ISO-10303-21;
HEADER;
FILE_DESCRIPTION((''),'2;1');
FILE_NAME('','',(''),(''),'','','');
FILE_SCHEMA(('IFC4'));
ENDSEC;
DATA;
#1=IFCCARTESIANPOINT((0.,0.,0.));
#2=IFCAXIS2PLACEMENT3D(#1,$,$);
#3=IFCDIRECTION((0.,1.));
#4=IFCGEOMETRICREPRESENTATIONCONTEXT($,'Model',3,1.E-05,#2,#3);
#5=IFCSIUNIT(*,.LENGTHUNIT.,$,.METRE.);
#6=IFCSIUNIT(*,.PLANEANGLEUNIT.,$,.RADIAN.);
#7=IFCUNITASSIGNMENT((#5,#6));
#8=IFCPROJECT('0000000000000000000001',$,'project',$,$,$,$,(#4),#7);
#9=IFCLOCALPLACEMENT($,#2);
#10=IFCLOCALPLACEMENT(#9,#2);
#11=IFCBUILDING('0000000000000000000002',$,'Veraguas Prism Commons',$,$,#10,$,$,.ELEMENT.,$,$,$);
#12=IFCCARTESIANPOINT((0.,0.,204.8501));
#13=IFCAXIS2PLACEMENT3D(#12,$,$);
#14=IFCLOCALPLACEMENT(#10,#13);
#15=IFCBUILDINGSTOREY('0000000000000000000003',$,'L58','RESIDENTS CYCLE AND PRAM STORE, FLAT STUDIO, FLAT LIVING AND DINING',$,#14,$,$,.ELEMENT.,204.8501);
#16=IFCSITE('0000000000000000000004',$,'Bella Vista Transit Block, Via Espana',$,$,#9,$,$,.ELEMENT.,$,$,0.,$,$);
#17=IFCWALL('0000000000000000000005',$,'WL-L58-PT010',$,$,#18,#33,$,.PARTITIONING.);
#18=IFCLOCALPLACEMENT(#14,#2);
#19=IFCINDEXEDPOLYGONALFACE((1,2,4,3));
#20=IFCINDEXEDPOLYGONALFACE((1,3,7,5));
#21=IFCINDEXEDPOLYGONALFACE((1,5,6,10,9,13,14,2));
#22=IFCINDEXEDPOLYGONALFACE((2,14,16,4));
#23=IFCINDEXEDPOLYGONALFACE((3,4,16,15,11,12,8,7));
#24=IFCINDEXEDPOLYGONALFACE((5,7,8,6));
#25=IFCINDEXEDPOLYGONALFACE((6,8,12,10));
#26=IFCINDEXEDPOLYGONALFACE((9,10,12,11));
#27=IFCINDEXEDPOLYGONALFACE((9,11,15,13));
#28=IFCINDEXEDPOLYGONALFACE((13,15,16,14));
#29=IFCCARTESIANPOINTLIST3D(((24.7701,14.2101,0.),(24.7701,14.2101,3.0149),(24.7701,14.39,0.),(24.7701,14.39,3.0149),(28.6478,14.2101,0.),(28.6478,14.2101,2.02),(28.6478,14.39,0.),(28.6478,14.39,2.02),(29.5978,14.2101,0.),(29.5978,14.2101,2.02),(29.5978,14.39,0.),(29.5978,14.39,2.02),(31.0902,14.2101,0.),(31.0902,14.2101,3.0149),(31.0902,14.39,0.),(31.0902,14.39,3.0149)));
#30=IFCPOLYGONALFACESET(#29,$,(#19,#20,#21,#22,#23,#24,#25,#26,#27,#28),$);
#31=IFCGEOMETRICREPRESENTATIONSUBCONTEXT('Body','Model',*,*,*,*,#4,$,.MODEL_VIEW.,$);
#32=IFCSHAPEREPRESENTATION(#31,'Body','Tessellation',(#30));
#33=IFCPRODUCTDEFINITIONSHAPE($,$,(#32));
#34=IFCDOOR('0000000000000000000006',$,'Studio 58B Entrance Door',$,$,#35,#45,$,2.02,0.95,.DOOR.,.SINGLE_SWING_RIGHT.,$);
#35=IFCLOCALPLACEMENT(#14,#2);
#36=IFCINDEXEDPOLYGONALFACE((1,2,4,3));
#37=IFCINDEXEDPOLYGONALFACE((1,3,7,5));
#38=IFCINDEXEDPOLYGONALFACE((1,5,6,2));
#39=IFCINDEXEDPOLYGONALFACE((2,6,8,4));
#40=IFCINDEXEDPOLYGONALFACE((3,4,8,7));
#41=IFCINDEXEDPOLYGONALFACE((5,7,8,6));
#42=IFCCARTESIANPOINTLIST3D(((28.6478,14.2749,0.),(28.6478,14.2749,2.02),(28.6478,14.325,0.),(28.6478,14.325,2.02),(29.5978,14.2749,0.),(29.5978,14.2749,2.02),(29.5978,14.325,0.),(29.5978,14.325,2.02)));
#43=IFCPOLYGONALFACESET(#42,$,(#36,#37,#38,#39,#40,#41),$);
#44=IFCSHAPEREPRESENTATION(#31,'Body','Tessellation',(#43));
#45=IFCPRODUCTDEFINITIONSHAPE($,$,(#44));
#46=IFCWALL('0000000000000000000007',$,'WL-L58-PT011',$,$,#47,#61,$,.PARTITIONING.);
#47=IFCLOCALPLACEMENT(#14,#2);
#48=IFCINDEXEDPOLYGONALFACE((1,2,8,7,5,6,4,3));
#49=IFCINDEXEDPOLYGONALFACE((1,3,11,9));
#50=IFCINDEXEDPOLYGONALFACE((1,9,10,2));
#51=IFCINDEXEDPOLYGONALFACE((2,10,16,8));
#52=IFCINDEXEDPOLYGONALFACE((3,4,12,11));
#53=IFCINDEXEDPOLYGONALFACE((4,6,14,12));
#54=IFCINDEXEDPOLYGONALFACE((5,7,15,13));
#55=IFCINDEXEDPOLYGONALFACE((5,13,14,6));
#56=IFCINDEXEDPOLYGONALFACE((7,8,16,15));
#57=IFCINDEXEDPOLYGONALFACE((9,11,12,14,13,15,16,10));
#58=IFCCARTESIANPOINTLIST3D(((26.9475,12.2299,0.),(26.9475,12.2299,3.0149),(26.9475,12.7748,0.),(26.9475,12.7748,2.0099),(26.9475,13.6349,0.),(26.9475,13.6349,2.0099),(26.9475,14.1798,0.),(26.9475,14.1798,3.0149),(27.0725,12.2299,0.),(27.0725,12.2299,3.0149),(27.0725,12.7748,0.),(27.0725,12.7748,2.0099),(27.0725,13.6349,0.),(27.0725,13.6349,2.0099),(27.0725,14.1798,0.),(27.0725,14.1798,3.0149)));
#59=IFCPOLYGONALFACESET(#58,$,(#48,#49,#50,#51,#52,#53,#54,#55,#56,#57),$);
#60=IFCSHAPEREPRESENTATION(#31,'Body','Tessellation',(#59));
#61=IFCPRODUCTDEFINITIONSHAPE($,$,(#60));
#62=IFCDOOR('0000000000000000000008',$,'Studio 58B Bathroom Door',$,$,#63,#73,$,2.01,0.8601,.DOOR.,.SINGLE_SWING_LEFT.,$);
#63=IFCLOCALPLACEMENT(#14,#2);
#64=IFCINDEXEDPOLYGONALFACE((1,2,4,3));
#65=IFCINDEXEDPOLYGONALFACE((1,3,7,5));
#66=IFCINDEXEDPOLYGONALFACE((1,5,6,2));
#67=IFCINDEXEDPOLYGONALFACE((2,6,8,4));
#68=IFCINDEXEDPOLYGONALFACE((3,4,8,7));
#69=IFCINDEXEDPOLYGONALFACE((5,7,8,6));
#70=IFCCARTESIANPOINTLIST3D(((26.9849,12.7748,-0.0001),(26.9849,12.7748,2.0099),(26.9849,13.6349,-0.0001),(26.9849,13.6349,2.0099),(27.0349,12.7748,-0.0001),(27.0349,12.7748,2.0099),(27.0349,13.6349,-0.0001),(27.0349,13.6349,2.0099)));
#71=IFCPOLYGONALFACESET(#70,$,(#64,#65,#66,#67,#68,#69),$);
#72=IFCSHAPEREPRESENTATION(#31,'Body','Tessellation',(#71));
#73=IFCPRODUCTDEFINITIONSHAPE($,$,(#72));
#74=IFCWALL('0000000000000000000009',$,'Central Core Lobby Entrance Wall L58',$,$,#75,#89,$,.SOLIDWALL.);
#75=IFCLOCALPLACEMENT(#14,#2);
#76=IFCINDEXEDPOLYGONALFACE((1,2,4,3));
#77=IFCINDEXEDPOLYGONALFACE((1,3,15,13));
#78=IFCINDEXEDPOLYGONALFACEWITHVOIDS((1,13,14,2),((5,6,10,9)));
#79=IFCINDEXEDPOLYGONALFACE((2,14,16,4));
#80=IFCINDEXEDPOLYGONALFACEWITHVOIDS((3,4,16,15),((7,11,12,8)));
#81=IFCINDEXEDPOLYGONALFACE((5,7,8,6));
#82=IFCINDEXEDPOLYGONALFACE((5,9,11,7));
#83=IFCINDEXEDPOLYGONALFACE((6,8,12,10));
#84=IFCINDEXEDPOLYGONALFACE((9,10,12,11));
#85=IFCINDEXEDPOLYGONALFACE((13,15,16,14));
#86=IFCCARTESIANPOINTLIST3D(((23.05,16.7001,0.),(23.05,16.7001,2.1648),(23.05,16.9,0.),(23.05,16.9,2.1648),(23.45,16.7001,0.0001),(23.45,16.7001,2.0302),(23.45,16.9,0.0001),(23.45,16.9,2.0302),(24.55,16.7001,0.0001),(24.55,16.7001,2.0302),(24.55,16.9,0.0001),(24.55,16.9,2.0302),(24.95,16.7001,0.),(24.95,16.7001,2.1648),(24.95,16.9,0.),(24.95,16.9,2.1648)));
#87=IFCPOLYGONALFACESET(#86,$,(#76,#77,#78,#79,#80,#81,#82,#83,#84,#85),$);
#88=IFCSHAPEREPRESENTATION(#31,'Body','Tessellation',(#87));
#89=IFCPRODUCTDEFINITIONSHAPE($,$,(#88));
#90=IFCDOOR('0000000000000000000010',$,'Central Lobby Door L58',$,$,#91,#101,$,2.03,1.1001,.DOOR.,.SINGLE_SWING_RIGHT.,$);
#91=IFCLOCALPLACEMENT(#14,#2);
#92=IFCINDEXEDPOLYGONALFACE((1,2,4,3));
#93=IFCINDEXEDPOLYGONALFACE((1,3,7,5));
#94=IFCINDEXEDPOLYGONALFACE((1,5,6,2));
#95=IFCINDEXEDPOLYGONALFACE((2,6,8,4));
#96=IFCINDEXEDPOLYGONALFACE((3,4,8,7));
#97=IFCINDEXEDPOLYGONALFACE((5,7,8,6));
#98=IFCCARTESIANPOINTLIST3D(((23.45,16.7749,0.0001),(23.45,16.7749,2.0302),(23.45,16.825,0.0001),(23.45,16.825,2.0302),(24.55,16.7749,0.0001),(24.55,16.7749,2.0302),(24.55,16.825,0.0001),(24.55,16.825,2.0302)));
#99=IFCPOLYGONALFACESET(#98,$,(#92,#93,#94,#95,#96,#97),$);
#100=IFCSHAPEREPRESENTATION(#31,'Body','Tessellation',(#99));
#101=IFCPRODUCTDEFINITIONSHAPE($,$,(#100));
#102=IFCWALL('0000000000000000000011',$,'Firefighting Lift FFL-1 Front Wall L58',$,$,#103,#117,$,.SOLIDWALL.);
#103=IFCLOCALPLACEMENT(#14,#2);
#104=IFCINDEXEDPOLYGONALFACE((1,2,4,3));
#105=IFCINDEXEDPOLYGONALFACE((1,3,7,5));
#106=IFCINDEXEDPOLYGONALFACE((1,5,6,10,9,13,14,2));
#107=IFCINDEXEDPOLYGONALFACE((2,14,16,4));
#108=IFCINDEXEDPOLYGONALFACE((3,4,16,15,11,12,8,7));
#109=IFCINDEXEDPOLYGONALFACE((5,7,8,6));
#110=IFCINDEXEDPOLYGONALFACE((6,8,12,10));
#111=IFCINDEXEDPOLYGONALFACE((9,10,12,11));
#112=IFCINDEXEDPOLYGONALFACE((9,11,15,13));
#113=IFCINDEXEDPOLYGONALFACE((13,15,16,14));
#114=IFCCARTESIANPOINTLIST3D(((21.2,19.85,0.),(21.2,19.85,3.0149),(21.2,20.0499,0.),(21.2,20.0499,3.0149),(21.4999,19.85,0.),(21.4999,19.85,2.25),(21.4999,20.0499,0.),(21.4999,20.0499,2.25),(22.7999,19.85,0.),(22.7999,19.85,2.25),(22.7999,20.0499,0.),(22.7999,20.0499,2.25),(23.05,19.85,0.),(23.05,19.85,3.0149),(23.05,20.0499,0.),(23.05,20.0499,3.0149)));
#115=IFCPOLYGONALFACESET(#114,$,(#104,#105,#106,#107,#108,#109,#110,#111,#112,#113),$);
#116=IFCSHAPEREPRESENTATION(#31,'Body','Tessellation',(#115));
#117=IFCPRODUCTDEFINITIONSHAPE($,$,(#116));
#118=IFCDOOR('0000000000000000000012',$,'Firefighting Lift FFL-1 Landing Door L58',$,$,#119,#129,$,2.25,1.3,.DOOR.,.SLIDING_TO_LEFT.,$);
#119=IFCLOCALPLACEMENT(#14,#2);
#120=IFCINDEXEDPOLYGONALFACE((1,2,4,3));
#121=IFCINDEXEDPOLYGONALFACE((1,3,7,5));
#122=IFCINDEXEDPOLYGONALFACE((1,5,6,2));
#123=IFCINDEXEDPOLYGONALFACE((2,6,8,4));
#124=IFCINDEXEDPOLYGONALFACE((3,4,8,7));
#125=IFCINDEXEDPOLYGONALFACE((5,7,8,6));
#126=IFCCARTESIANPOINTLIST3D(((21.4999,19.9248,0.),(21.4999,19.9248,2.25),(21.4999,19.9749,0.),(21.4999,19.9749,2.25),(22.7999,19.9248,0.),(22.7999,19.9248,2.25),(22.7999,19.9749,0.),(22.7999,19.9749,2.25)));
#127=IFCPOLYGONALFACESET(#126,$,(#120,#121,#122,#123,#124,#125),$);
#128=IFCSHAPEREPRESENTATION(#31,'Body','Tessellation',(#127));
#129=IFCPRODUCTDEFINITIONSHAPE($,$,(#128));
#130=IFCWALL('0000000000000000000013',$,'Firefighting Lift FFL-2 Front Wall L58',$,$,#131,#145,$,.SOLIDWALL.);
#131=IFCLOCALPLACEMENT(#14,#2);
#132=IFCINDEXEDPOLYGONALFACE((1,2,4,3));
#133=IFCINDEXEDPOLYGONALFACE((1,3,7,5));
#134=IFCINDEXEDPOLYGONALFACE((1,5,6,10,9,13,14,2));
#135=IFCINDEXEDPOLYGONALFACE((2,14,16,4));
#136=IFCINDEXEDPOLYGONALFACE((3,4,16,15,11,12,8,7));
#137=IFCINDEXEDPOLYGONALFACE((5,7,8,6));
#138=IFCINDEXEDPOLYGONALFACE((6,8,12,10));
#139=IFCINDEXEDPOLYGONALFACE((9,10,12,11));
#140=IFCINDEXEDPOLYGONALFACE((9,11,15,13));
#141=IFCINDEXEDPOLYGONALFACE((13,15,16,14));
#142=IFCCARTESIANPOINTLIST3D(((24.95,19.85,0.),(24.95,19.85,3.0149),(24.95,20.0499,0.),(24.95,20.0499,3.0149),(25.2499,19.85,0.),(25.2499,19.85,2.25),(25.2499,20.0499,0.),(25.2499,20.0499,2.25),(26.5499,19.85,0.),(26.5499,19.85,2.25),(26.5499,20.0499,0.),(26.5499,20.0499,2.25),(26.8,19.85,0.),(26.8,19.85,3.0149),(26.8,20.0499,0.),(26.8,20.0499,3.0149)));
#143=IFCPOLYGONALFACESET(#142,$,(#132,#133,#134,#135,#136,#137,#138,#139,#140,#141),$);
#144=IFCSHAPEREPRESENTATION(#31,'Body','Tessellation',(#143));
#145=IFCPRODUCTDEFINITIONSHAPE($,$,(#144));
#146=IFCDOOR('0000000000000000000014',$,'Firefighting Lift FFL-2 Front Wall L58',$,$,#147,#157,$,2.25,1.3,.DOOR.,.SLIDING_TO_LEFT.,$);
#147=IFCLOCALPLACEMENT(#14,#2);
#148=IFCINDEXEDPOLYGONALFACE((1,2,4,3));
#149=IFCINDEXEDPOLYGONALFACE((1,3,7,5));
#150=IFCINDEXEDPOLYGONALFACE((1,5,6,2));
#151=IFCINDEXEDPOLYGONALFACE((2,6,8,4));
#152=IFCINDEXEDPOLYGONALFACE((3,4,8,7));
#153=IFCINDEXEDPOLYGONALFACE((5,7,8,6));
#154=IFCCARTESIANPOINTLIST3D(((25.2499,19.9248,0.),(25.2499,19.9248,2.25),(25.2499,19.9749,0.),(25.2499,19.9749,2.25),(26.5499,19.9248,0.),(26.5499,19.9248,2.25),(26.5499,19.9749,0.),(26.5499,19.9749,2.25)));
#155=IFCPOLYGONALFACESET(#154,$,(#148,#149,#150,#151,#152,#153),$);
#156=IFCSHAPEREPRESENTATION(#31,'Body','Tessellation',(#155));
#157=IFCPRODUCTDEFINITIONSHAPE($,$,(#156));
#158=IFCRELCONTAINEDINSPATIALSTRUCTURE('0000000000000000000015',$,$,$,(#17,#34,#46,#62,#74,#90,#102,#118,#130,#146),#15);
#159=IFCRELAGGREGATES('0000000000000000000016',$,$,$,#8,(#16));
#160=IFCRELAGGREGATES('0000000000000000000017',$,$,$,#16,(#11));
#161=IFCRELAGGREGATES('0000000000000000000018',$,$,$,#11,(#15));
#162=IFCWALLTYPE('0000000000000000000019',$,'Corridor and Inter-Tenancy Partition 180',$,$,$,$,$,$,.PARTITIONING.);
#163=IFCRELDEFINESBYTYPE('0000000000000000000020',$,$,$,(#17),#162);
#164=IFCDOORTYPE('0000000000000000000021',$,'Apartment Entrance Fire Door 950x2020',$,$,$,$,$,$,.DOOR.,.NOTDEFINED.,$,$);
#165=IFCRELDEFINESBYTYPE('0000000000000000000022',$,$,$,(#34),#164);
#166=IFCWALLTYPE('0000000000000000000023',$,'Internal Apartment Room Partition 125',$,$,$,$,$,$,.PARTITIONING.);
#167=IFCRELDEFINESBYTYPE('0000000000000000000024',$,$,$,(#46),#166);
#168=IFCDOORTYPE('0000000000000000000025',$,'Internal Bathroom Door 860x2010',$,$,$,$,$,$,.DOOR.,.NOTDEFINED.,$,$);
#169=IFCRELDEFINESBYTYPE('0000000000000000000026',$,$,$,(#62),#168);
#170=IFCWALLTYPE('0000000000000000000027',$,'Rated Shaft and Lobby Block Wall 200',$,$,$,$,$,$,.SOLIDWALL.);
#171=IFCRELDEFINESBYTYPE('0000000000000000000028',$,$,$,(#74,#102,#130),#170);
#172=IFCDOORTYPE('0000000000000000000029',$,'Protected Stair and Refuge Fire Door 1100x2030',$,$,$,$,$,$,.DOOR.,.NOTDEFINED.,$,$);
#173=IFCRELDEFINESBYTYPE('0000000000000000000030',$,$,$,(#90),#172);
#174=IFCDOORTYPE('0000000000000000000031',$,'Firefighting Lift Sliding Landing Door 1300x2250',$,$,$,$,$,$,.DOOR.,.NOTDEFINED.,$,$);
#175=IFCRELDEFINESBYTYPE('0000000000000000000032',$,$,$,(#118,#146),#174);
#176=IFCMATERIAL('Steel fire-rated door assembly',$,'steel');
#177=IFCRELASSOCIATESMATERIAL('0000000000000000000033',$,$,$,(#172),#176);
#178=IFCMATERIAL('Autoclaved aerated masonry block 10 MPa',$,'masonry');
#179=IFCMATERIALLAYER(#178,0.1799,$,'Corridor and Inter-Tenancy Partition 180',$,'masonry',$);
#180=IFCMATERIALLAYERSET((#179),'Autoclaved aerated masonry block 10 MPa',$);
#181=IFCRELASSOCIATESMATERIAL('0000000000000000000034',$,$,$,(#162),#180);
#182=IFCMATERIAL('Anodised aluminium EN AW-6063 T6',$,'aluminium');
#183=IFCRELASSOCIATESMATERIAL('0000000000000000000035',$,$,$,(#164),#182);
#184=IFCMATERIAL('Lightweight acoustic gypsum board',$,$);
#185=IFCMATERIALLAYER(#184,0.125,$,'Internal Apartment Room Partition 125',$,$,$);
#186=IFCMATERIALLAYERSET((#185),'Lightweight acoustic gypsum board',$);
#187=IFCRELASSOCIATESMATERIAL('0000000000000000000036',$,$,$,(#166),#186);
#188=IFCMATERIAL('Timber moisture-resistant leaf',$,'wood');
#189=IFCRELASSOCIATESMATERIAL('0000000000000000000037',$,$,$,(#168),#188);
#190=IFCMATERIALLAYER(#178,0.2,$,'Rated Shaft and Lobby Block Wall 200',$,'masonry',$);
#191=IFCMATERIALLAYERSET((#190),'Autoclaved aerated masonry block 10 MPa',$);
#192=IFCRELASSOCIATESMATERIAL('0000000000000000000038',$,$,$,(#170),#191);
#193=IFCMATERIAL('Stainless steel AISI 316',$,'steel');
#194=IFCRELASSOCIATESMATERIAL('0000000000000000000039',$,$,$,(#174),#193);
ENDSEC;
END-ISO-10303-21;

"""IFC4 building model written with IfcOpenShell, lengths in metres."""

from ifc_helpers import new_model, si_unit, direction, frame, frame_2d, origin, place, context, subcontext, project, spatial, rectangle, extrude, source, transform, mapped, material, layer, layer_set, type_object, element, fill, save


model = new_model("IFC4")

# Units and contexts
model_context = context("Model", 3, precision=1e-05, world=origin(), true_north=direction((0.0, 1.0)))
body_context = subcontext(model_context, "Body", "Model", "MODEL_VIEW")
ifc_project = project(units=[si_unit("LENGTHUNIT", "METRE"), si_unit("PLANEANGLEUNIT", "RADIAN")], contexts=[model_context])

# Site, building, storey
site_placement = place(None, origin())
site = spatial("IfcSite", under=ifc_project, at=site_placement, Name="Bella Vista Transit Block, Via Espana", CompositionType="ELEMENT", RefElevation=0.0)
building_placement = place(site_placement, origin())
building = spatial("IfcBuilding", under=site, at=building_placement, Name="Veraguas Prism Commons", CompositionType="ELEMENT")
storey_placement = place(building_placement, frame((0.0, 0.0, 204.8501)))
storey = spatial("IfcBuildingStorey", under=building, at=storey_placement, Name="L58", Description="RESIDENTS CYCLE AND PRAM STORE, FLAT STUDIO, FLAT LIVING AND DINING", CompositionType="ELEMENT", Elevation=204.8501)

# Shared definitions
ifc_material_1 = material(Name="Steel fire-rated door assembly", Category="steel")
door_type_1 = type_object("IfcDoorType", Name="Protected Stair and Refuge Fire Door 1100x2030", OperationType="NOTDEFINED", PredefinedType="DOOR", material=ifc_material_1)
shared_shape_1 = source(origin(), body_context, "Body", "SweptSolid", [
    extrude(rectangle(XDim=1.1001, YDim=2.03, at=frame_2d((0.55, 1.0151))), frame((0.0, 0.0249, 0.0), z_axis=(0.0, -1.0, 0.0), x_axis=(1.0, 0.0, 0.0)), (0.0, 0.0, 1.0), 0.05),
])

# Shared definitions
ifc_material_2 = material(Name="Autoclaved aerated masonry block 10 MPa", Category="masonry")
ifc_layer_1 = layer(ifc_material_2, 0.1799, Name="Corridor and Inter-Tenancy Partition 180", Category="masonry")
ifc_layer_set_1 = layer_set([ifc_layer_1], Name="Autoclaved aerated masonry block 10 MPa")
wall_type_1 = type_object("IfcWallType", Name="Corridor and Inter-Tenancy Partition 180", PredefinedType="PARTITIONING", material=ifc_layer_set_1)

# Walls, openings, doors
wall_1_placement = place(storey_placement, frame((24.77, 14.3, 0.0), z_axis=(0.0, 0.0, 1.0), x_axis=(1.0, 0.0, 0.0)))
wall_1 = element("IfcWall", 1, at=wall_1_placement, inside=storey, type_object=wall_type_1, Name="WL-L58-PT010", PredefinedType="PARTITIONING", context=body_context, shape_type="SweptSolid", body=[
    extrude(rectangle(XDim=6.3201, YDim=0.1799, at=frame_2d((3.1602, 0.0))), origin(), (0.0, 0.0, 1.0), 3.0149),
])
opening_1_placement = place(wall_1_placement, frame((3.8777, 0.0, 0.0)))
opening_1 = element("IfcOpeningElement", 2, at=opening_1_placement, cuts=wall_1, PredefinedType="OPENING", context=body_context, shape_type="SweptSolid", body=[
    extrude(rectangle(XDim=0.95, YDim=2.02, at=frame_2d((0.4751, 1.01))), frame((0.0, 0.0999, 0.0), z_axis=(0.0, -1.0, 0.0), x_axis=(1.0, 0.0, 0.0)), (0.0, 0.0, 1.0), 0.2),
])
ifc_material_3 = material(Name="Anodised aluminium EN AW-6063 T6", Category="aluminium")
door_type_2 = type_object("IfcDoorType", Name="Apartment Entrance Fire Door 950x2020", OperationType="NOTDEFINED", PredefinedType="DOOR", material=ifc_material_3)
shared_shape_2 = source(origin(), body_context, "Body", "SweptSolid", [
    extrude(rectangle(XDim=0.95, YDim=2.02, at=frame_2d((0.4751, 1.01))), frame((0.0, 0.0249, 0.0), z_axis=(0.0, -1.0, 0.0), x_axis=(1.0, 0.0, 0.0)), (0.0, 0.0, 1.0), 0.05),
])
door_1_placement = place(opening_1_placement, origin())
door_1 = element("IfcDoor", 3, at=door_1_placement, inside=storey, type_object=door_type_2, Name="Studio 58B Entrance Door", OperationType="SINGLE_SWING_RIGHT", OverallHeight=2.02, OverallWidth=0.95, PredefinedType="DOOR", context=body_context, shape_type="MappedRepresentation", body=[
    mapped(shared_shape_2, transform((0.0, 0.0, 0.0), scale=1.0)),
])
fill(opening_1, door_1)
ifc_material_4 = material(Name="Lightweight acoustic gypsum board")
ifc_layer_2 = layer(ifc_material_4, 0.125, Name="Internal Apartment Room Partition 125")
ifc_layer_set_2 = layer_set([ifc_layer_2], Name="Lightweight acoustic gypsum board")
wall_type_2 = type_object("IfcWallType", Name="Internal Apartment Room Partition 125", PredefinedType="PARTITIONING", material=ifc_layer_set_2)
wall_2_placement = place(storey_placement, frame((27.01, 14.1799, 0.0), z_axis=(0.0, 0.0, 1.0), x_axis=(0.0, -1.0, 0.0)))
wall_2 = element("IfcWall", 4, at=wall_2_placement, inside=storey, type_object=wall_type_2, Name="WL-L58-PT011", PredefinedType="PARTITIONING", context=body_context, shape_type="SweptSolid", body=[
    extrude(rectangle(XDim=1.95, YDim=0.125, at=frame_2d((0.9751, 0.0))), origin(), (0.0, 0.0, 1.0), 3.0149),
])
opening_2_placement = place(wall_2_placement, frame((0.5449, 0.0, 0.0)))
opening_2 = element("IfcOpeningElement", 5, at=opening_2_placement, cuts=wall_2, PredefinedType="OPENING", context=body_context, shape_type="SweptSolid", body=[
    extrude(rectangle(XDim=0.8601, YDim=2.01, at=frame_2d((0.4302, 1.0049))), frame((0.0, 0.0725, 0.0), z_axis=(0.0, -1.0, 0.0), x_axis=(1.0, 0.0, 0.0)), (0.0, 0.0, 1.0), 0.145),
])
ifc_material_5 = material(Name="Timber moisture-resistant leaf", Category="wood")
door_type_3 = type_object("IfcDoorType", Name="Internal Bathroom Door 860x2010", OperationType="NOTDEFINED", PredefinedType="DOOR", material=ifc_material_5)
shared_shape_3 = source(origin(), body_context, "Body", "SweptSolid", [
    extrude(rectangle(XDim=0.8601, YDim=2.01, at=frame_2d((0.4302, 1.0049))), frame((0.0, 0.0249, 0.0), z_axis=(0.0, -1.0, 0.0), x_axis=(1.0, 0.0, 0.0)), (0.0, 0.0, 1.0), 0.05),
])
door_2_placement = place(opening_2_placement, origin())
door_2 = element("IfcDoor", 6, at=door_2_placement, inside=storey, type_object=door_type_3, Name="Studio 58B Bathroom Door", OperationType="SINGLE_SWING_LEFT", OverallHeight=2.01, OverallWidth=0.8601, PredefinedType="DOOR", context=body_context, shape_type="MappedRepresentation", body=[
    mapped(shared_shape_3, transform((0.0, 0.0, 0.0), scale=1.0)),
])
fill(opening_2, door_2)
ifc_layer_3 = layer(ifc_material_2, 0.2, Name="Rated Shaft and Lobby Block Wall 200", Category="masonry")
ifc_layer_set_3 = layer_set([ifc_layer_3], Name="Autoclaved aerated masonry block 10 MPa")
wall_type_3 = type_object("IfcWallType", Name="Rated Shaft and Lobby Block Wall 200", PredefinedType="SOLIDWALL", material=ifc_layer_set_3)
wall_3_placement = place(storey_placement, frame((23.05, 16.8, 0.0), z_axis=(0.0, 0.0, 1.0), x_axis=(1.0, 0.0, 0.0)))
wall_3 = element("IfcWall", 7, at=wall_3_placement, inside=storey, type_object=wall_type_3, Name="Central Core Lobby Entrance Wall L58", PredefinedType="SOLIDWALL", context=body_context, shape_type="SweptSolid", body=[
    extrude(rectangle(XDim=1.8999, YDim=0.2, at=frame_2d((0.95, 0.0))), origin(), (0.0, 0.0, 1.0), 2.1648),
])
opening_3_placement = place(wall_3_placement, frame((0.3999, 0.0, 0.0)))
opening_3 = element("IfcOpeningElement", 8, at=opening_3_placement, cuts=wall_3, PredefinedType="OPENING", context=body_context, shape_type="SweptSolid", body=[
    extrude(rectangle(XDim=1.1001, YDim=2.03, at=frame_2d((0.55, 1.0151))), frame((0.0, 0.1099, 0.0), z_axis=(0.0, -1.0, 0.0), x_axis=(1.0, 0.0, 0.0)), (0.0, 0.0, 1.0), 0.22),
])
door_3_placement = place(opening_3_placement, origin())
door_3 = element("IfcDoor", 9, at=door_3_placement, inside=storey, type_object=door_type_1, Name="Central Lobby Door L58", OperationType="SINGLE_SWING_RIGHT", OverallHeight=2.03, OverallWidth=1.1001, PredefinedType="DOOR", context=body_context, shape_type="MappedRepresentation", body=[
    mapped(shared_shape_1, transform((0.0, 0.0, 0.0), scale=1.0)),
])
fill(opening_3, door_3)
wall_4_placement = place(storey_placement, frame((21.2, 19.95, 0.0), z_axis=(0.0, 0.0, 1.0), x_axis=(1.0, 0.0, 0.0)))
wall_4 = element("IfcWall", 10, at=wall_4_placement, inside=storey, type_object=wall_type_3, Name="Firefighting Lift FFL-1 Front Wall L58", PredefinedType="SOLIDWALL", context=body_context, shape_type="SweptSolid", body=[
    extrude(rectangle(XDim=1.8501, YDim=0.2, at=frame_2d((0.925, 0.0))), origin(), (0.0, 0.0, 1.0), 3.0149),
])
opening_4_placement = place(wall_4_placement, frame((0.3, 0.0, 0.0)))
opening_4 = element("IfcOpeningElement", 11, at=opening_4_placement, cuts=wall_4, PredefinedType="OPENING", context=body_context, shape_type="SweptSolid", body=[
    extrude(rectangle(XDim=1.3, YDim=2.25, at=frame_2d((0.6499, 1.125))), frame((0.0, 0.1099, 0.0), z_axis=(0.0, -1.0, 0.0), x_axis=(1.0, 0.0, 0.0)), (0.0, 0.0, 1.0), 0.22),
])
ifc_material_6 = material(Name="Stainless steel AISI 316", Category="steel")
door_type_4 = type_object("IfcDoorType", Name="Firefighting Lift Sliding Landing Door 1300x2250", OperationType="NOTDEFINED", PredefinedType="DOOR", material=ifc_material_6)
shared_shape_4 = source(origin(), body_context, "Body", "SweptSolid", [
    extrude(rectangle(XDim=1.3, YDim=2.25, at=frame_2d((0.6499, 1.125))), frame((0.0, 0.0249, 0.0), z_axis=(0.0, -1.0, 0.0), x_axis=(1.0, 0.0, 0.0)), (0.0, 0.0, 1.0), 0.05),
])
door_4_placement = place(opening_4_placement, origin())
door_4 = element("IfcDoor", 12, at=door_4_placement, inside=storey, type_object=door_type_4, Name="Firefighting Lift FFL-1 Landing Door L58", OperationType="SLIDING_TO_LEFT", OverallHeight=2.25, OverallWidth=1.3, PredefinedType="DOOR", context=body_context, shape_type="MappedRepresentation", body=[
    mapped(shared_shape_4, transform((0.0, 0.0, 0.0), scale=1.0)),
])
fill(opening_4, door_4)
wall_5_placement = place(storey_placement, frame((24.95, 19.95, 0.0), z_axis=(0.0, 0.0, 1.0), x_axis=(1.0, 0.0, 0.0)))
wall_5 = element("IfcWall", 13, at=wall_5_placement, inside=storey, type_object=wall_type_3, Name="Firefighting Lift FFL-2 Front Wall L58", PredefinedType="SOLIDWALL", context=body_context, shape_type="SweptSolid", body=[
    extrude(rectangle(XDim=1.8501, YDim=0.2, at=frame_2d((0.925, 0.0))), origin(), (0.0, 0.0, 1.0), 3.0149),
])
opening_5_placement = place(wall_5_placement, frame((0.3, 0.0, 0.0)))
opening_5 = element("IfcOpeningElement", 14, at=opening_5_placement, cuts=wall_5, PredefinedType="OPENING", context=body_context, shape_type="SweptSolid", body=[
    extrude(rectangle(XDim=1.3, YDim=2.25, at=frame_2d((0.6499, 1.125))), frame((0.0, 0.1099, 0.0), z_axis=(0.0, -1.0, 0.0), x_axis=(1.0, 0.0, 0.0)), (0.0, 0.0, 1.0), 0.22),
])
door_5_placement = place(opening_5_placement, origin())
door_5 = element("IfcDoor", 15, at=door_5_placement, inside=storey, type_object=door_type_4, Name="Firefighting Lift FFL-2 Front Wall L58", OperationType="SLIDING_TO_LEFT", OverallHeight=2.25, OverallWidth=1.3, PredefinedType="DOOR", context=body_context, shape_type="MappedRepresentation", body=[
    mapped(shared_shape_4, transform((0.0, 0.0, 0.0), scale=1.0)),
])
fill(opening_5, door_5)

save(model, "model.ifc")
